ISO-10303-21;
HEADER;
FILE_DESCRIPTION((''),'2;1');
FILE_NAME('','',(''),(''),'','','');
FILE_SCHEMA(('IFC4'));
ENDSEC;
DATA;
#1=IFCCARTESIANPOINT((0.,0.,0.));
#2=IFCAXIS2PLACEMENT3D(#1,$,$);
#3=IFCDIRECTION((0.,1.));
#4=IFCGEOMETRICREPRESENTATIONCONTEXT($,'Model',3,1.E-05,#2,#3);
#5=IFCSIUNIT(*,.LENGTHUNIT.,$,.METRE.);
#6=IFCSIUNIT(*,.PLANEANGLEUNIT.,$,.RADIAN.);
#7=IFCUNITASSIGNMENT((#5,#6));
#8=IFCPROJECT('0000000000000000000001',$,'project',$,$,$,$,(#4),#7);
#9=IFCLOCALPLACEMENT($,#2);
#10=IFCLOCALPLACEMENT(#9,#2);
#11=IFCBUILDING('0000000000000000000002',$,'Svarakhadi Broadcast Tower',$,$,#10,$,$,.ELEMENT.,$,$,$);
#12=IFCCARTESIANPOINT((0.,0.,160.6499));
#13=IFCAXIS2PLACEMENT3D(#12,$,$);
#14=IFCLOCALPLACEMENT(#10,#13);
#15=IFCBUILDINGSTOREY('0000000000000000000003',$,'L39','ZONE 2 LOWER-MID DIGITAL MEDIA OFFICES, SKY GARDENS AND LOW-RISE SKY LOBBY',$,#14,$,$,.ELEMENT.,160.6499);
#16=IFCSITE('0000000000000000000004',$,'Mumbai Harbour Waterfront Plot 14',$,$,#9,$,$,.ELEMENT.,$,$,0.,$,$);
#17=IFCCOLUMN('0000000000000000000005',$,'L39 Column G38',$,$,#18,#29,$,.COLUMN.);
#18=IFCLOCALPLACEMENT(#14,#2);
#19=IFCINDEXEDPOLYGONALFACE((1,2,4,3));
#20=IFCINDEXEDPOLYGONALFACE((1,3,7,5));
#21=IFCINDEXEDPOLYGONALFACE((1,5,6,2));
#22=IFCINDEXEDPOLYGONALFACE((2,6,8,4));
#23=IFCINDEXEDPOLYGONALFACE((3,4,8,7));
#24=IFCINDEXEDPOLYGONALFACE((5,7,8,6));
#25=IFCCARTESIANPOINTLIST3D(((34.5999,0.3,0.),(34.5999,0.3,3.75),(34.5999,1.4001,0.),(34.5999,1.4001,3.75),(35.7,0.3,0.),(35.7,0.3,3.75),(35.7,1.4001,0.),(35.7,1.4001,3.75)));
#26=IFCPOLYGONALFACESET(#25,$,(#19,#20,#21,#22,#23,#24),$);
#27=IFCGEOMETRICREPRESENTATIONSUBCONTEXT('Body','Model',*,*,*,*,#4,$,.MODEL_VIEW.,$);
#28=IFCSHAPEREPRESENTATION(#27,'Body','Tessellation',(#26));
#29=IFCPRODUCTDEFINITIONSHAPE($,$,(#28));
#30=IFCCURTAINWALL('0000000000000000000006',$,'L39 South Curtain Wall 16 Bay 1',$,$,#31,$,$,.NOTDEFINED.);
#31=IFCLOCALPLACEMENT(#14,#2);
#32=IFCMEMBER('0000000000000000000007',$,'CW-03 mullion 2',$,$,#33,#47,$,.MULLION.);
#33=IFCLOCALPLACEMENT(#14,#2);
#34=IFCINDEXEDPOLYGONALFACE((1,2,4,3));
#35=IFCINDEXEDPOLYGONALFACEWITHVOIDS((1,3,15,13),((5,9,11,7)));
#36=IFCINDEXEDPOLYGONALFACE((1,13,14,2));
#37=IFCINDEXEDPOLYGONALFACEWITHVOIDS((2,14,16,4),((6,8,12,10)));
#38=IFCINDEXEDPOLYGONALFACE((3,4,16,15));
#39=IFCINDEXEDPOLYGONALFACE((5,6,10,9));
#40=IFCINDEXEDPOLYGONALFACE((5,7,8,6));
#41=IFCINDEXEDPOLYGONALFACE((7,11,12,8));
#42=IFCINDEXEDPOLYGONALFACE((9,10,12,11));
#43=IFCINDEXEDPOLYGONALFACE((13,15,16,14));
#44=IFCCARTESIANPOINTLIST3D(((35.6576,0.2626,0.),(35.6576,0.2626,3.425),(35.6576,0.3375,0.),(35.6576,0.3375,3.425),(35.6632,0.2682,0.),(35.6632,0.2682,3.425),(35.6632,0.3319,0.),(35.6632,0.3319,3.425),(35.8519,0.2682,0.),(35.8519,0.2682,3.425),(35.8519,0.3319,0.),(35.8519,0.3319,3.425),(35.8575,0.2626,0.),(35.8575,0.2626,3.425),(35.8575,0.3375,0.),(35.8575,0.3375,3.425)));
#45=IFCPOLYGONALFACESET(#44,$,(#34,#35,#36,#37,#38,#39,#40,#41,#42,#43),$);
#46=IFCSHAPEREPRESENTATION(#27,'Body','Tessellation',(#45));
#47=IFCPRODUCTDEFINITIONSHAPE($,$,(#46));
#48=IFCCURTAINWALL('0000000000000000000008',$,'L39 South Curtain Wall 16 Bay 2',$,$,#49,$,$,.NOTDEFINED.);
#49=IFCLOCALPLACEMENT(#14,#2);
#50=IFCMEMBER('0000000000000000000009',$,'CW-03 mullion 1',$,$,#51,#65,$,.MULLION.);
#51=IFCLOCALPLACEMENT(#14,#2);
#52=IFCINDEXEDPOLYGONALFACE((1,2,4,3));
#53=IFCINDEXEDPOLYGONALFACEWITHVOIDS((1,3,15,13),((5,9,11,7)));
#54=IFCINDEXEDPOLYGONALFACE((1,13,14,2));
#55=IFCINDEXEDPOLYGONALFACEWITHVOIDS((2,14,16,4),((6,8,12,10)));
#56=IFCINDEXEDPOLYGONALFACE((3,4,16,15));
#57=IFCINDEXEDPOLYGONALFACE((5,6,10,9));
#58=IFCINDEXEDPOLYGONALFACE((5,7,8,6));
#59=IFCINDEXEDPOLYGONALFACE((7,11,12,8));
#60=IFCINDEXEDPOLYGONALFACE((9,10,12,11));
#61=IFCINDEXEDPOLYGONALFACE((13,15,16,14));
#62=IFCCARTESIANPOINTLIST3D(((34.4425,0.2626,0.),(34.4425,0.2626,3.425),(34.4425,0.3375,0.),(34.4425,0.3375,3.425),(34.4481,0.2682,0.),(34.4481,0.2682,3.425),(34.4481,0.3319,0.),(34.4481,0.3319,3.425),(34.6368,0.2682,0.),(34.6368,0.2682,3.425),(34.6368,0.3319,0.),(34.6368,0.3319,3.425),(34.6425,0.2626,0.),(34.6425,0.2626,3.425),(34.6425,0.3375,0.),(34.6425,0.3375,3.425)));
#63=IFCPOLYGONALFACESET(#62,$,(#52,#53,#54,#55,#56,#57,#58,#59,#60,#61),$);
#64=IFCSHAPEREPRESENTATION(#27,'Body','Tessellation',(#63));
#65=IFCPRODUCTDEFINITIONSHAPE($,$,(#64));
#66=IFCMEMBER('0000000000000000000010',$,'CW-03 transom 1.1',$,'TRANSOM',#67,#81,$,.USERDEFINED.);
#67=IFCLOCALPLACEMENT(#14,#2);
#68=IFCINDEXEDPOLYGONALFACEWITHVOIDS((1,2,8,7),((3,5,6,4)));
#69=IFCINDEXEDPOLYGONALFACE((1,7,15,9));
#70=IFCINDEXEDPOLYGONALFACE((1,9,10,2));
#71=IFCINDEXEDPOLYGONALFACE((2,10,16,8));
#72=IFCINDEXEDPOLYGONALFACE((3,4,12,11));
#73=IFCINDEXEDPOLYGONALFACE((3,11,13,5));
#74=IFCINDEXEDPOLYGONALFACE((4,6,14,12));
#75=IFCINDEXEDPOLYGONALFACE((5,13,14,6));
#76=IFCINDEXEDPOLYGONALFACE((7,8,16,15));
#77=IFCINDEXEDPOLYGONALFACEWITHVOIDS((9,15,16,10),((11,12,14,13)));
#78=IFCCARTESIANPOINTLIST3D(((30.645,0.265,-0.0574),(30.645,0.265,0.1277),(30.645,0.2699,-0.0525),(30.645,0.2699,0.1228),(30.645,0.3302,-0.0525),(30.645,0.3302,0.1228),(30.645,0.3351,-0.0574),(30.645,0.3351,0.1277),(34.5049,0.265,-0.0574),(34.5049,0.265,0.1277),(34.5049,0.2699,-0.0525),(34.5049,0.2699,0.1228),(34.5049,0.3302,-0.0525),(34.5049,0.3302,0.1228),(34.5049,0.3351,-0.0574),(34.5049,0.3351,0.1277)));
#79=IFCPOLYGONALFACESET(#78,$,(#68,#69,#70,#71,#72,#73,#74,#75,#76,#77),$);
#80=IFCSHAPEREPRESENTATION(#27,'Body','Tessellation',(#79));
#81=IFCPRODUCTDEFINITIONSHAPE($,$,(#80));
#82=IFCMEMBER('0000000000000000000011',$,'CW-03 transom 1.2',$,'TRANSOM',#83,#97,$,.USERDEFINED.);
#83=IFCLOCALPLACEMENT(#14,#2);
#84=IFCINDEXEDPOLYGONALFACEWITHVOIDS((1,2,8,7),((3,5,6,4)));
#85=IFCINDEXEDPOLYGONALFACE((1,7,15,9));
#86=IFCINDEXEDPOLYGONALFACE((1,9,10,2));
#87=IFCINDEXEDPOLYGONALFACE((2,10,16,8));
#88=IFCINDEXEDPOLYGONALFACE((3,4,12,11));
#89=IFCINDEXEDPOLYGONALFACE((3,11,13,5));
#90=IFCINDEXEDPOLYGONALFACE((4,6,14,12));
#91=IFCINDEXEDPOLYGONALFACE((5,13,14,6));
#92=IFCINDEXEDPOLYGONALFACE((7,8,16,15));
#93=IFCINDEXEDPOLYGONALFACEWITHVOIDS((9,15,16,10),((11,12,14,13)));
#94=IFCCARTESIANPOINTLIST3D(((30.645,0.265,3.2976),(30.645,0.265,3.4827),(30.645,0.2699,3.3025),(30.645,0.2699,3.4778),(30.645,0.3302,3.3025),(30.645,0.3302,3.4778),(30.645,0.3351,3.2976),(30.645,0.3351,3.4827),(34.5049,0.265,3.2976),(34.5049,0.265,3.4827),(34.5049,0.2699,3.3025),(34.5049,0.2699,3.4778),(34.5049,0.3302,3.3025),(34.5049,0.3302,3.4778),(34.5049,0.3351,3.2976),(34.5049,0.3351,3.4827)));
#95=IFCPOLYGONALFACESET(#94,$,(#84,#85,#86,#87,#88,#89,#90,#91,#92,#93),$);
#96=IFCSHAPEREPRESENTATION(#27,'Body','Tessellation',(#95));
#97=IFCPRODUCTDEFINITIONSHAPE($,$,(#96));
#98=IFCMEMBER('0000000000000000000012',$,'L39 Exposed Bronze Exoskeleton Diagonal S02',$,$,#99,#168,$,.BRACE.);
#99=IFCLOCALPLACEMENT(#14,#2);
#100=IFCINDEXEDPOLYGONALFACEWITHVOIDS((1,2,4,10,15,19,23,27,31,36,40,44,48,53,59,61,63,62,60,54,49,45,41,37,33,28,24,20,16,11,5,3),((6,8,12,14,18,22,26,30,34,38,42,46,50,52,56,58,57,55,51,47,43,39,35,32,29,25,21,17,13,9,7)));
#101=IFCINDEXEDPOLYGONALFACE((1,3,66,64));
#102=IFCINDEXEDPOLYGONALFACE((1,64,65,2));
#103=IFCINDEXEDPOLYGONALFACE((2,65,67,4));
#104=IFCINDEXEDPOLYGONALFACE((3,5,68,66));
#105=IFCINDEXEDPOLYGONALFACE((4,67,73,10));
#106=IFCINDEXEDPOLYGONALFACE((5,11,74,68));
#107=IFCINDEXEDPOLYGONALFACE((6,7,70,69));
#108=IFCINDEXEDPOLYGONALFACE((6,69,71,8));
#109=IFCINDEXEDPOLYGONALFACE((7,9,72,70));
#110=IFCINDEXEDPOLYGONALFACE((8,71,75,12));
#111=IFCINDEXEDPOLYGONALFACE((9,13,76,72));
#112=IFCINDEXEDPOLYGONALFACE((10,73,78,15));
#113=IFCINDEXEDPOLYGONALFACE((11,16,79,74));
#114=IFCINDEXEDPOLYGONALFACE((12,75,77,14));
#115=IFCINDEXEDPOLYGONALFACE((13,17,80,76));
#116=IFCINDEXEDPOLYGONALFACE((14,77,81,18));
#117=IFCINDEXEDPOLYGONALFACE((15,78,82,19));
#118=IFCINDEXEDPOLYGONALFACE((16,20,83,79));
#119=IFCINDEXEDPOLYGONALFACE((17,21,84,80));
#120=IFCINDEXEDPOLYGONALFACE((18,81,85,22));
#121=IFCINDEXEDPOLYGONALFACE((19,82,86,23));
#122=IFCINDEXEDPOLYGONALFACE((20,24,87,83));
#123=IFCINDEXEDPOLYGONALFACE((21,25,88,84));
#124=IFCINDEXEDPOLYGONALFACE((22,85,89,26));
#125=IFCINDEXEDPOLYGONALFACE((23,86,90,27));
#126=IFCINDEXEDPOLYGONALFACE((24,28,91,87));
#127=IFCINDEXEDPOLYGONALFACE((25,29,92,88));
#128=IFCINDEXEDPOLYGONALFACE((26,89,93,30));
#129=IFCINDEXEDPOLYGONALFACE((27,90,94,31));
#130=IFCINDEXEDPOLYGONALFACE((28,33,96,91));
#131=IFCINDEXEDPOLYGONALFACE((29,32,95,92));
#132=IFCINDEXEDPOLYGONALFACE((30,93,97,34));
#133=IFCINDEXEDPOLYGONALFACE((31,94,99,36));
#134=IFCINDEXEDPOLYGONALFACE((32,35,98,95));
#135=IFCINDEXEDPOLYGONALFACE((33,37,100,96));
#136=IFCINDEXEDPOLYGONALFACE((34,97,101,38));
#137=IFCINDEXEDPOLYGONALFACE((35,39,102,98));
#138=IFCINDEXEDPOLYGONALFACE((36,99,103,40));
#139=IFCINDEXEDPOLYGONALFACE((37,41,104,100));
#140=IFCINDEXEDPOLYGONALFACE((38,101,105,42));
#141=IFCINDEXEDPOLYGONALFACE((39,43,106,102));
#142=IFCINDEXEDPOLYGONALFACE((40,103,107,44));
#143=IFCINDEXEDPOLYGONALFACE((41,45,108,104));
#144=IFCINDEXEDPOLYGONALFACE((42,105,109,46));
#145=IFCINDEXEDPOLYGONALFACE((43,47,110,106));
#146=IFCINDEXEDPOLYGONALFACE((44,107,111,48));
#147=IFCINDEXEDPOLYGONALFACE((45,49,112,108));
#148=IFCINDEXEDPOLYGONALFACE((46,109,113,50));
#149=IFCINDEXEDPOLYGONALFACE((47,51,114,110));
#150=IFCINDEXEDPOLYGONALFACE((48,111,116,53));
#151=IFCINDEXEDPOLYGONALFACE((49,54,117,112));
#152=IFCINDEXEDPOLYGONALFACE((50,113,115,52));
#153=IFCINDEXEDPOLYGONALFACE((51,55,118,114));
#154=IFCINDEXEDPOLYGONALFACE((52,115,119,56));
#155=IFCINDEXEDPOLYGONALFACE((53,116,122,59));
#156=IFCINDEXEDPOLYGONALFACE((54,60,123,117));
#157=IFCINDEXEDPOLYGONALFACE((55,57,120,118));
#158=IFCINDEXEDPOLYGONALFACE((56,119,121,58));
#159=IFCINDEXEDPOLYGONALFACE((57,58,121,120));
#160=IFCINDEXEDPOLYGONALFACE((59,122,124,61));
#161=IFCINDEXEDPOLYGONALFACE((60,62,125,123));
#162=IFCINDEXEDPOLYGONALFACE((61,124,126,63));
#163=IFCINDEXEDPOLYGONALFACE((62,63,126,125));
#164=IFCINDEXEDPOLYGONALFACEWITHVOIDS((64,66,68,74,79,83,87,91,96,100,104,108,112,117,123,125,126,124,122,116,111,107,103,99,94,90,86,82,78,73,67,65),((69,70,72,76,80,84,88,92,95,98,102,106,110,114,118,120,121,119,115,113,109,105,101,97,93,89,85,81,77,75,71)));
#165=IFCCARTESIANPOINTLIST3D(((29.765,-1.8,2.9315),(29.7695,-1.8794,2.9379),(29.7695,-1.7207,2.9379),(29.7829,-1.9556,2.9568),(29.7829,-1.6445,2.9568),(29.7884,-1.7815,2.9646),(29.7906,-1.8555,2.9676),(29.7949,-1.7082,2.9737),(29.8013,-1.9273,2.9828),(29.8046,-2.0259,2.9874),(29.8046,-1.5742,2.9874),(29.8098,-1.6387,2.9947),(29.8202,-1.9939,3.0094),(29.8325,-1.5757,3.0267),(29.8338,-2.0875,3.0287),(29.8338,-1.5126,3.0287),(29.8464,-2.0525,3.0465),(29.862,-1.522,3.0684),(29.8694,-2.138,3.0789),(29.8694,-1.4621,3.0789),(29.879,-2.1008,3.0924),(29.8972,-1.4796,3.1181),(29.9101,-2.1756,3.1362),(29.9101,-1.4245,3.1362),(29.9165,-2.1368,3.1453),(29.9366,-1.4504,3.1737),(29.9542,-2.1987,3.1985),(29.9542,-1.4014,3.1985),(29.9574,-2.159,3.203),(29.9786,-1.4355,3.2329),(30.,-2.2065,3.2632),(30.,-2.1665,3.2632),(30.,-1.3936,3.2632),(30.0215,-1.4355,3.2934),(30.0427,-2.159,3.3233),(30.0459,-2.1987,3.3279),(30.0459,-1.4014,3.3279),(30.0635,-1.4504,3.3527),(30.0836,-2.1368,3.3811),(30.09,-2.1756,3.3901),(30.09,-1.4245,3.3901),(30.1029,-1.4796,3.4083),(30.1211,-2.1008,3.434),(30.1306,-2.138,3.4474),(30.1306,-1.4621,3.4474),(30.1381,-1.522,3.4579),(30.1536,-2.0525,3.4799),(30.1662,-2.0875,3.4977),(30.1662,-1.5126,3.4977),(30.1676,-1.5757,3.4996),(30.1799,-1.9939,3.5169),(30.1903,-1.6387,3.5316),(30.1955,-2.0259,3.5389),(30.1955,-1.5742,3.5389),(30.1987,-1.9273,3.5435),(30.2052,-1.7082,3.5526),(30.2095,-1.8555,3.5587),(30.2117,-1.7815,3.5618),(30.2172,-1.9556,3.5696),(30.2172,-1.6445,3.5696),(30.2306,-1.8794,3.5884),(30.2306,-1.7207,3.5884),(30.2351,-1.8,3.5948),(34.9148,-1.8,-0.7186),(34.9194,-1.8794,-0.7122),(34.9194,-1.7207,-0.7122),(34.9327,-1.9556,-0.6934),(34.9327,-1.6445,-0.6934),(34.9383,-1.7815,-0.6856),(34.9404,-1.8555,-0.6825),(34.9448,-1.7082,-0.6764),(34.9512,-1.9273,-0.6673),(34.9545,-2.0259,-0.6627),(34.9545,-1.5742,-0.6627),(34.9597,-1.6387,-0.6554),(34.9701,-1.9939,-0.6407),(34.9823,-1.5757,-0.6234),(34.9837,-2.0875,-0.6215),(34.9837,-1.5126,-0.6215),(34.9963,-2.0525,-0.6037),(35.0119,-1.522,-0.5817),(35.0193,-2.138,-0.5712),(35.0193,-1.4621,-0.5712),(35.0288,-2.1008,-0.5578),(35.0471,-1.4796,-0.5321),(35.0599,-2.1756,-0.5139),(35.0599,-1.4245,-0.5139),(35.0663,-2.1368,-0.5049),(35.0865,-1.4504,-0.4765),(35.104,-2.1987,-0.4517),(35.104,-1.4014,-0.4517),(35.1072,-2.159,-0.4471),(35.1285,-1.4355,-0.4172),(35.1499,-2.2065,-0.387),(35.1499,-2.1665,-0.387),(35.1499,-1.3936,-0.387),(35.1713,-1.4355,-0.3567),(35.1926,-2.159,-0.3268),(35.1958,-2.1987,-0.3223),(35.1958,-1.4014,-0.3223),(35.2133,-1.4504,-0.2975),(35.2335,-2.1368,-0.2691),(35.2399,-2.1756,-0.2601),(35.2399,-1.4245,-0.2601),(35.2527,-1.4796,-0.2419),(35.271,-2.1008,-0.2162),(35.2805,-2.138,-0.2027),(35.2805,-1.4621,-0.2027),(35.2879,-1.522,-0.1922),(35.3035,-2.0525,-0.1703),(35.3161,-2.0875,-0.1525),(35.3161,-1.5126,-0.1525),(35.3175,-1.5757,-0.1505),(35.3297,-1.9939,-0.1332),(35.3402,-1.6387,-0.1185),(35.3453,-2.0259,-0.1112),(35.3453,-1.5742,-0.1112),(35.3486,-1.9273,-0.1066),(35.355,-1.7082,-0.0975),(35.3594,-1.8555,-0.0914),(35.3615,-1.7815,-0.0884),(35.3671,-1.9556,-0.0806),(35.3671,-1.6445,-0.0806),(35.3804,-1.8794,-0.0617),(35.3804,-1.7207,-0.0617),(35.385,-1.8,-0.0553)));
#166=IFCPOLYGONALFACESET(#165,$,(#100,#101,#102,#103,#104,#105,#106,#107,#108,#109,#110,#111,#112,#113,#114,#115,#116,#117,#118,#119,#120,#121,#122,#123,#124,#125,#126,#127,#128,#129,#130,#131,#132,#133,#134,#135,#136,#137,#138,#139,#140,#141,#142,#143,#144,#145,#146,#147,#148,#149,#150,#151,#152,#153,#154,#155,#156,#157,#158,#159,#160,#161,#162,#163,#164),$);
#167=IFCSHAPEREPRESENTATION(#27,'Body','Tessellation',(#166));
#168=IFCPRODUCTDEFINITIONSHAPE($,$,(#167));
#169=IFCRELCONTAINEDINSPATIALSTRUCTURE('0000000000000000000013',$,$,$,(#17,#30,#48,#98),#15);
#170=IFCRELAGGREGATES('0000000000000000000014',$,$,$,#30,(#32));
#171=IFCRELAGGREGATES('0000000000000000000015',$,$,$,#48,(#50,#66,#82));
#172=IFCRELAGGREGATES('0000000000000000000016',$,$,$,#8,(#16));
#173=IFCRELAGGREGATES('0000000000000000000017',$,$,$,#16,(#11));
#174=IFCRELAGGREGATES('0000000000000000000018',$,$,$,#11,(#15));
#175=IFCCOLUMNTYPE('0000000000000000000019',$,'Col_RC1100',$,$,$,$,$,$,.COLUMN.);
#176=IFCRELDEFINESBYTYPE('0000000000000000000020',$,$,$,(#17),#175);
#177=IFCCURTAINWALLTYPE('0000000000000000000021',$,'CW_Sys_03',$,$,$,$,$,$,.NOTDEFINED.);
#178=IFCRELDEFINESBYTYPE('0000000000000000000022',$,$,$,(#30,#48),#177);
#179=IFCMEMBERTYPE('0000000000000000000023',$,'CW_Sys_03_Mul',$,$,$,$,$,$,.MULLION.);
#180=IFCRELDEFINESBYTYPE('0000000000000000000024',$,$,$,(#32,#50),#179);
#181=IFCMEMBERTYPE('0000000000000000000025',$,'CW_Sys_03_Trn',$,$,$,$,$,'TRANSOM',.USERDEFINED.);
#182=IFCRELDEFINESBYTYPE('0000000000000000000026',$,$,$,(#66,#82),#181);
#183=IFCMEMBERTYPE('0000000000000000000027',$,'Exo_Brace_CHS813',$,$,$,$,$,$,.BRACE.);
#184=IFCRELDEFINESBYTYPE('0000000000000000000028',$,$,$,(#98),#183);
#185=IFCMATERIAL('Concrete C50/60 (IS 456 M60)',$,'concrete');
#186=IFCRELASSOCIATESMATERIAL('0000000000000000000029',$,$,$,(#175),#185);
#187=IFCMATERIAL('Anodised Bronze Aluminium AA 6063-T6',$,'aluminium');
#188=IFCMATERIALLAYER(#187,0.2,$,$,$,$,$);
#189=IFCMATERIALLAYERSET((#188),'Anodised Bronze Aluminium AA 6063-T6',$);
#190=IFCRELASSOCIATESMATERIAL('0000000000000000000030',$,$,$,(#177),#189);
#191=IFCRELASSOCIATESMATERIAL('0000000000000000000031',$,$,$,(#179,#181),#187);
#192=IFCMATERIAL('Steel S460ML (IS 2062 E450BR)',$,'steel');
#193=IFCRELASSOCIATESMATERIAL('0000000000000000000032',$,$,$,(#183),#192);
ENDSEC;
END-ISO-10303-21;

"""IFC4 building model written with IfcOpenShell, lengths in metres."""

from ifc_helpers import new_model, si_unit, direction, frame, origin, origin_2d, place, context, subcontext, project, spatial, rectangle, hollow_rectangle, hollow_circle, extrude, material, layer, layer_set, material_profile, profile_set, type_object, element, aggregate, save


model = new_model("IFC4")

# Units and contexts
model_context = context("Model", 3, precision=1e-05, world=origin(), true_north=direction((0.0, 1.0)))
body_context = subcontext(model_context, "Body", "Model", "MODEL_VIEW")
ifc_project = project(units=[si_unit("LENGTHUNIT", "METRE"), si_unit("PLANEANGLEUNIT", "RADIAN")], contexts=[model_context])

# Site, building, storey
site_placement = place(None, origin())
site = spatial("IfcSite", under=ifc_project, at=site_placement, Name="Mumbai Harbour Waterfront Plot 14", CompositionType="ELEMENT", RefElevation=0.0)
building_placement = place(site_placement, origin())
building = spatial("IfcBuilding", under=site, at=building_placement, Name="Svarakhadi Broadcast Tower", CompositionType="ELEMENT")
storey_placement = place(building_placement, frame((0.0, 0.0, 160.6499)))
storey = spatial("IfcBuildingStorey", under=building, at=storey_placement, Name="L39", Description="ZONE 2 LOWER-MID DIGITAL MEDIA OFFICES, SKY GARDENS AND LOW-RISE SKY LOBBY", CompositionType="ELEMENT", Elevation=160.6499)

# Column
ifc_material_1 = material(Name="Concrete C50/60 (IS 456 M60)", Category="concrete")
ifc_material_profile_1 = material_profile(ifc_material_1, rectangle(XDim=1.1001, YDim=1.1001, at=origin_2d()), Name="RC 1100x1100")
ifc_profile_set_1 = profile_set([ifc_material_profile_1], Name="Concrete C50/60 (IS 456 M60)")
column_type = type_object("IfcColumnType", Name="Col_RC1100", PredefinedType="COLUMN", material=ifc_profile_set_1)
column_placement = place(storey_placement, frame((35.1499, 0.8501, 0.0), z_axis=(0.0, 0.0, 1.0), x_axis=(1.0, 0.0, 0.0)))
element("IfcColumn", 1, at=column_placement, inside=storey, type_object=column_type, Name="L39 Column G38", PredefinedType="COLUMN", context=body_context, shape_type="SweptSolid", body=[
    extrude(rectangle(XDim=1.1001, YDim=1.1001, at=origin_2d()), origin(), (0.0, 0.0, 1.0), 3.75),
])

# Curtain wall, member
ifc_material_2 = material(Name="Anodised Bronze Aluminium AA 6063-T6", Category="aluminium")
ifc_layer_1 = layer(ifc_material_2, 0.2)
ifc_layer_set_1 = layer_set([ifc_layer_1], Name="Anodised Bronze Aluminium AA 6063-T6")
curtain_wall_type = type_object("IfcCurtainWallType", Name="CW_Sys_03", PredefinedType="NOTDEFINED", material=ifc_layer_set_1)
curtain_wall_1_placement = place(storey_placement, origin())
curtain_wall_1 = element("IfcCurtainWall", 2, at=curtain_wall_1_placement, inside=storey, type_object=curtain_wall_type, Name="L39 South Curtain Wall 16 Bay 1", PredefinedType="NOTDEFINED")
ifc_material_profile_2 = material_profile(ifc_material_2, hollow_rectangle(XDim=0.075, YDim=0.2, WallThickness=0.0056, at=origin_2d()), Name="ALU MULLION 200x75x6")
ifc_profile_set_2 = profile_set([ifc_material_profile_2], Name="Anodised Bronze Aluminium AA 6063-T6")
member_type_1 = type_object("IfcMemberType", Name="CW_Sys_03_Mul", PredefinedType="MULLION", material=ifc_profile_set_2)
member_1_placement = place(storey_placement, frame((35.7576, 0.3, 0.0), z_axis=(0.0, 0.0, 1.0), x_axis=(0.0, -1.0, 0.0)))
member_1 = element("IfcMember", 3, at=member_1_placement, type_object=member_type_1, Name="CW-03 mullion 2", PredefinedType="MULLION", context=body_context, shape_type="SweptSolid", body=[
    extrude(hollow_rectangle(XDim=0.075, YDim=0.2, WallThickness=0.0056, at=origin_2d()), origin(), (0.0, 0.0, 1.0), 3.425),
])
aggregate(curtain_wall_1, [member_1])

# Curtain wall, members
curtain_wall_2_placement = place(storey_placement, origin())
curtain_wall_2 = element("IfcCurtainWall", 4, at=curtain_wall_2_placement, inside=storey, type_object=curtain_wall_type, Name="L39 South Curtain Wall 16 Bay 2", PredefinedType="NOTDEFINED")
member_2_placement = place(storey_placement, frame((34.5425, 0.3, 0.0), z_axis=(0.0, 0.0, 1.0), x_axis=(0.0, -1.0, 0.0)))
member_2 = element("IfcMember", 5, at=member_2_placement, type_object=member_type_1, Name="CW-03 mullion 1", PredefinedType="MULLION", context=body_context, shape_type="SweptSolid", body=[
    extrude(hollow_rectangle(XDim=0.075, YDim=0.2, WallThickness=0.0056, at=origin_2d()), origin(), (0.0, 0.0, 1.0), 3.425),
])
ifc_material_profile_3 = material_profile(ifc_material_2, hollow_rectangle(XDim=0.0701, YDim=0.1851, WallThickness=0.0049, at=origin_2d()), Name="ALU TRANSOM 185x70x5")
ifc_profile_set_3 = profile_set([ifc_material_profile_3], Name="Anodised Bronze Aluminium AA 6063-T6")
member_type_2 = type_object("IfcMemberType", Name="CW_Sys_03_Trn", ElementType="TRANSOM", PredefinedType="USERDEFINED", material=ifc_profile_set_3)
member_3_placement = place(storey_placement, frame((34.5049, 0.3, 0.0352), z_axis=(-1.0, 0.0, 0.0), x_axis=(0.0, -1.0, 0.0)))
member_3 = element("IfcMember", 6, at=member_3_placement, type_object=member_type_2, Name="CW-03 transom 1.1", ObjectType="TRANSOM", PredefinedType="USERDEFINED", context=body_context, shape_type="SweptSolid", body=[
    extrude(hollow_rectangle(XDim=0.0701, YDim=0.1851, WallThickness=0.0049, at=origin_2d()), origin(), (0.0, 0.0, 1.0), 3.8599),
])
member_4_placement = place(storey_placement, frame((34.5049, 0.3, 3.3901), z_axis=(-1.0, 0.0, 0.0), x_axis=(0.0, -1.0, 0.0)))
member_4 = element("IfcMember", 7, at=member_4_placement, type_object=member_type_2, Name="CW-03 transom 1.2", ObjectType="TRANSOM", PredefinedType="USERDEFINED", context=body_context, shape_type="SweptSolid", body=[
    extrude(hollow_rectangle(XDim=0.0701, YDim=0.1851, WallThickness=0.0049, at=origin_2d()), origin(), (0.0, 0.0, 1.0), 3.8599),
])
aggregate(curtain_wall_2, [member_2, member_3, member_4])

# Member
ifc_material_3 = material(Name="Steel S460ML (IS 2062 E450BR)", Category="steel")
ifc_material_profile_4 = material_profile(ifc_material_3, hollow_circle(Radius=0.4065, WallThickness=0.04, at=origin_2d()), Name="CHS 813x40")
ifc_profile_set_4 = profile_set([ifc_material_profile_4], Name="Steel S460ML (IS 2062 E450BR)")
member_type_3 = type_object("IfcMemberType", Name="Exo_Brace_CHS813", PredefinedType="BRACE", material=ifc_profile_set_4)
member_5_placement = place(storey_placement, frame((35.1499, -1.8, -0.387), z_axis=(-0.815853, 0.0, 0.57826), x_axis=(0.0, -1.0, 0.0)))
element("IfcMember", 8, at=member_5_placement, inside=storey, type_object=member_type_3, Name="L39 Exposed Bronze Exoskeleton Diagonal S02", PredefinedType="BRACE", context=body_context, shape_type="SweptSolid", body=[
    extrude(hollow_circle(Radius=0.4065, WallThickness=0.04, at=origin_2d()), origin(), (0.0, 0.0, 1.0), 6.3123),
])

save(model, "model.ifc")
